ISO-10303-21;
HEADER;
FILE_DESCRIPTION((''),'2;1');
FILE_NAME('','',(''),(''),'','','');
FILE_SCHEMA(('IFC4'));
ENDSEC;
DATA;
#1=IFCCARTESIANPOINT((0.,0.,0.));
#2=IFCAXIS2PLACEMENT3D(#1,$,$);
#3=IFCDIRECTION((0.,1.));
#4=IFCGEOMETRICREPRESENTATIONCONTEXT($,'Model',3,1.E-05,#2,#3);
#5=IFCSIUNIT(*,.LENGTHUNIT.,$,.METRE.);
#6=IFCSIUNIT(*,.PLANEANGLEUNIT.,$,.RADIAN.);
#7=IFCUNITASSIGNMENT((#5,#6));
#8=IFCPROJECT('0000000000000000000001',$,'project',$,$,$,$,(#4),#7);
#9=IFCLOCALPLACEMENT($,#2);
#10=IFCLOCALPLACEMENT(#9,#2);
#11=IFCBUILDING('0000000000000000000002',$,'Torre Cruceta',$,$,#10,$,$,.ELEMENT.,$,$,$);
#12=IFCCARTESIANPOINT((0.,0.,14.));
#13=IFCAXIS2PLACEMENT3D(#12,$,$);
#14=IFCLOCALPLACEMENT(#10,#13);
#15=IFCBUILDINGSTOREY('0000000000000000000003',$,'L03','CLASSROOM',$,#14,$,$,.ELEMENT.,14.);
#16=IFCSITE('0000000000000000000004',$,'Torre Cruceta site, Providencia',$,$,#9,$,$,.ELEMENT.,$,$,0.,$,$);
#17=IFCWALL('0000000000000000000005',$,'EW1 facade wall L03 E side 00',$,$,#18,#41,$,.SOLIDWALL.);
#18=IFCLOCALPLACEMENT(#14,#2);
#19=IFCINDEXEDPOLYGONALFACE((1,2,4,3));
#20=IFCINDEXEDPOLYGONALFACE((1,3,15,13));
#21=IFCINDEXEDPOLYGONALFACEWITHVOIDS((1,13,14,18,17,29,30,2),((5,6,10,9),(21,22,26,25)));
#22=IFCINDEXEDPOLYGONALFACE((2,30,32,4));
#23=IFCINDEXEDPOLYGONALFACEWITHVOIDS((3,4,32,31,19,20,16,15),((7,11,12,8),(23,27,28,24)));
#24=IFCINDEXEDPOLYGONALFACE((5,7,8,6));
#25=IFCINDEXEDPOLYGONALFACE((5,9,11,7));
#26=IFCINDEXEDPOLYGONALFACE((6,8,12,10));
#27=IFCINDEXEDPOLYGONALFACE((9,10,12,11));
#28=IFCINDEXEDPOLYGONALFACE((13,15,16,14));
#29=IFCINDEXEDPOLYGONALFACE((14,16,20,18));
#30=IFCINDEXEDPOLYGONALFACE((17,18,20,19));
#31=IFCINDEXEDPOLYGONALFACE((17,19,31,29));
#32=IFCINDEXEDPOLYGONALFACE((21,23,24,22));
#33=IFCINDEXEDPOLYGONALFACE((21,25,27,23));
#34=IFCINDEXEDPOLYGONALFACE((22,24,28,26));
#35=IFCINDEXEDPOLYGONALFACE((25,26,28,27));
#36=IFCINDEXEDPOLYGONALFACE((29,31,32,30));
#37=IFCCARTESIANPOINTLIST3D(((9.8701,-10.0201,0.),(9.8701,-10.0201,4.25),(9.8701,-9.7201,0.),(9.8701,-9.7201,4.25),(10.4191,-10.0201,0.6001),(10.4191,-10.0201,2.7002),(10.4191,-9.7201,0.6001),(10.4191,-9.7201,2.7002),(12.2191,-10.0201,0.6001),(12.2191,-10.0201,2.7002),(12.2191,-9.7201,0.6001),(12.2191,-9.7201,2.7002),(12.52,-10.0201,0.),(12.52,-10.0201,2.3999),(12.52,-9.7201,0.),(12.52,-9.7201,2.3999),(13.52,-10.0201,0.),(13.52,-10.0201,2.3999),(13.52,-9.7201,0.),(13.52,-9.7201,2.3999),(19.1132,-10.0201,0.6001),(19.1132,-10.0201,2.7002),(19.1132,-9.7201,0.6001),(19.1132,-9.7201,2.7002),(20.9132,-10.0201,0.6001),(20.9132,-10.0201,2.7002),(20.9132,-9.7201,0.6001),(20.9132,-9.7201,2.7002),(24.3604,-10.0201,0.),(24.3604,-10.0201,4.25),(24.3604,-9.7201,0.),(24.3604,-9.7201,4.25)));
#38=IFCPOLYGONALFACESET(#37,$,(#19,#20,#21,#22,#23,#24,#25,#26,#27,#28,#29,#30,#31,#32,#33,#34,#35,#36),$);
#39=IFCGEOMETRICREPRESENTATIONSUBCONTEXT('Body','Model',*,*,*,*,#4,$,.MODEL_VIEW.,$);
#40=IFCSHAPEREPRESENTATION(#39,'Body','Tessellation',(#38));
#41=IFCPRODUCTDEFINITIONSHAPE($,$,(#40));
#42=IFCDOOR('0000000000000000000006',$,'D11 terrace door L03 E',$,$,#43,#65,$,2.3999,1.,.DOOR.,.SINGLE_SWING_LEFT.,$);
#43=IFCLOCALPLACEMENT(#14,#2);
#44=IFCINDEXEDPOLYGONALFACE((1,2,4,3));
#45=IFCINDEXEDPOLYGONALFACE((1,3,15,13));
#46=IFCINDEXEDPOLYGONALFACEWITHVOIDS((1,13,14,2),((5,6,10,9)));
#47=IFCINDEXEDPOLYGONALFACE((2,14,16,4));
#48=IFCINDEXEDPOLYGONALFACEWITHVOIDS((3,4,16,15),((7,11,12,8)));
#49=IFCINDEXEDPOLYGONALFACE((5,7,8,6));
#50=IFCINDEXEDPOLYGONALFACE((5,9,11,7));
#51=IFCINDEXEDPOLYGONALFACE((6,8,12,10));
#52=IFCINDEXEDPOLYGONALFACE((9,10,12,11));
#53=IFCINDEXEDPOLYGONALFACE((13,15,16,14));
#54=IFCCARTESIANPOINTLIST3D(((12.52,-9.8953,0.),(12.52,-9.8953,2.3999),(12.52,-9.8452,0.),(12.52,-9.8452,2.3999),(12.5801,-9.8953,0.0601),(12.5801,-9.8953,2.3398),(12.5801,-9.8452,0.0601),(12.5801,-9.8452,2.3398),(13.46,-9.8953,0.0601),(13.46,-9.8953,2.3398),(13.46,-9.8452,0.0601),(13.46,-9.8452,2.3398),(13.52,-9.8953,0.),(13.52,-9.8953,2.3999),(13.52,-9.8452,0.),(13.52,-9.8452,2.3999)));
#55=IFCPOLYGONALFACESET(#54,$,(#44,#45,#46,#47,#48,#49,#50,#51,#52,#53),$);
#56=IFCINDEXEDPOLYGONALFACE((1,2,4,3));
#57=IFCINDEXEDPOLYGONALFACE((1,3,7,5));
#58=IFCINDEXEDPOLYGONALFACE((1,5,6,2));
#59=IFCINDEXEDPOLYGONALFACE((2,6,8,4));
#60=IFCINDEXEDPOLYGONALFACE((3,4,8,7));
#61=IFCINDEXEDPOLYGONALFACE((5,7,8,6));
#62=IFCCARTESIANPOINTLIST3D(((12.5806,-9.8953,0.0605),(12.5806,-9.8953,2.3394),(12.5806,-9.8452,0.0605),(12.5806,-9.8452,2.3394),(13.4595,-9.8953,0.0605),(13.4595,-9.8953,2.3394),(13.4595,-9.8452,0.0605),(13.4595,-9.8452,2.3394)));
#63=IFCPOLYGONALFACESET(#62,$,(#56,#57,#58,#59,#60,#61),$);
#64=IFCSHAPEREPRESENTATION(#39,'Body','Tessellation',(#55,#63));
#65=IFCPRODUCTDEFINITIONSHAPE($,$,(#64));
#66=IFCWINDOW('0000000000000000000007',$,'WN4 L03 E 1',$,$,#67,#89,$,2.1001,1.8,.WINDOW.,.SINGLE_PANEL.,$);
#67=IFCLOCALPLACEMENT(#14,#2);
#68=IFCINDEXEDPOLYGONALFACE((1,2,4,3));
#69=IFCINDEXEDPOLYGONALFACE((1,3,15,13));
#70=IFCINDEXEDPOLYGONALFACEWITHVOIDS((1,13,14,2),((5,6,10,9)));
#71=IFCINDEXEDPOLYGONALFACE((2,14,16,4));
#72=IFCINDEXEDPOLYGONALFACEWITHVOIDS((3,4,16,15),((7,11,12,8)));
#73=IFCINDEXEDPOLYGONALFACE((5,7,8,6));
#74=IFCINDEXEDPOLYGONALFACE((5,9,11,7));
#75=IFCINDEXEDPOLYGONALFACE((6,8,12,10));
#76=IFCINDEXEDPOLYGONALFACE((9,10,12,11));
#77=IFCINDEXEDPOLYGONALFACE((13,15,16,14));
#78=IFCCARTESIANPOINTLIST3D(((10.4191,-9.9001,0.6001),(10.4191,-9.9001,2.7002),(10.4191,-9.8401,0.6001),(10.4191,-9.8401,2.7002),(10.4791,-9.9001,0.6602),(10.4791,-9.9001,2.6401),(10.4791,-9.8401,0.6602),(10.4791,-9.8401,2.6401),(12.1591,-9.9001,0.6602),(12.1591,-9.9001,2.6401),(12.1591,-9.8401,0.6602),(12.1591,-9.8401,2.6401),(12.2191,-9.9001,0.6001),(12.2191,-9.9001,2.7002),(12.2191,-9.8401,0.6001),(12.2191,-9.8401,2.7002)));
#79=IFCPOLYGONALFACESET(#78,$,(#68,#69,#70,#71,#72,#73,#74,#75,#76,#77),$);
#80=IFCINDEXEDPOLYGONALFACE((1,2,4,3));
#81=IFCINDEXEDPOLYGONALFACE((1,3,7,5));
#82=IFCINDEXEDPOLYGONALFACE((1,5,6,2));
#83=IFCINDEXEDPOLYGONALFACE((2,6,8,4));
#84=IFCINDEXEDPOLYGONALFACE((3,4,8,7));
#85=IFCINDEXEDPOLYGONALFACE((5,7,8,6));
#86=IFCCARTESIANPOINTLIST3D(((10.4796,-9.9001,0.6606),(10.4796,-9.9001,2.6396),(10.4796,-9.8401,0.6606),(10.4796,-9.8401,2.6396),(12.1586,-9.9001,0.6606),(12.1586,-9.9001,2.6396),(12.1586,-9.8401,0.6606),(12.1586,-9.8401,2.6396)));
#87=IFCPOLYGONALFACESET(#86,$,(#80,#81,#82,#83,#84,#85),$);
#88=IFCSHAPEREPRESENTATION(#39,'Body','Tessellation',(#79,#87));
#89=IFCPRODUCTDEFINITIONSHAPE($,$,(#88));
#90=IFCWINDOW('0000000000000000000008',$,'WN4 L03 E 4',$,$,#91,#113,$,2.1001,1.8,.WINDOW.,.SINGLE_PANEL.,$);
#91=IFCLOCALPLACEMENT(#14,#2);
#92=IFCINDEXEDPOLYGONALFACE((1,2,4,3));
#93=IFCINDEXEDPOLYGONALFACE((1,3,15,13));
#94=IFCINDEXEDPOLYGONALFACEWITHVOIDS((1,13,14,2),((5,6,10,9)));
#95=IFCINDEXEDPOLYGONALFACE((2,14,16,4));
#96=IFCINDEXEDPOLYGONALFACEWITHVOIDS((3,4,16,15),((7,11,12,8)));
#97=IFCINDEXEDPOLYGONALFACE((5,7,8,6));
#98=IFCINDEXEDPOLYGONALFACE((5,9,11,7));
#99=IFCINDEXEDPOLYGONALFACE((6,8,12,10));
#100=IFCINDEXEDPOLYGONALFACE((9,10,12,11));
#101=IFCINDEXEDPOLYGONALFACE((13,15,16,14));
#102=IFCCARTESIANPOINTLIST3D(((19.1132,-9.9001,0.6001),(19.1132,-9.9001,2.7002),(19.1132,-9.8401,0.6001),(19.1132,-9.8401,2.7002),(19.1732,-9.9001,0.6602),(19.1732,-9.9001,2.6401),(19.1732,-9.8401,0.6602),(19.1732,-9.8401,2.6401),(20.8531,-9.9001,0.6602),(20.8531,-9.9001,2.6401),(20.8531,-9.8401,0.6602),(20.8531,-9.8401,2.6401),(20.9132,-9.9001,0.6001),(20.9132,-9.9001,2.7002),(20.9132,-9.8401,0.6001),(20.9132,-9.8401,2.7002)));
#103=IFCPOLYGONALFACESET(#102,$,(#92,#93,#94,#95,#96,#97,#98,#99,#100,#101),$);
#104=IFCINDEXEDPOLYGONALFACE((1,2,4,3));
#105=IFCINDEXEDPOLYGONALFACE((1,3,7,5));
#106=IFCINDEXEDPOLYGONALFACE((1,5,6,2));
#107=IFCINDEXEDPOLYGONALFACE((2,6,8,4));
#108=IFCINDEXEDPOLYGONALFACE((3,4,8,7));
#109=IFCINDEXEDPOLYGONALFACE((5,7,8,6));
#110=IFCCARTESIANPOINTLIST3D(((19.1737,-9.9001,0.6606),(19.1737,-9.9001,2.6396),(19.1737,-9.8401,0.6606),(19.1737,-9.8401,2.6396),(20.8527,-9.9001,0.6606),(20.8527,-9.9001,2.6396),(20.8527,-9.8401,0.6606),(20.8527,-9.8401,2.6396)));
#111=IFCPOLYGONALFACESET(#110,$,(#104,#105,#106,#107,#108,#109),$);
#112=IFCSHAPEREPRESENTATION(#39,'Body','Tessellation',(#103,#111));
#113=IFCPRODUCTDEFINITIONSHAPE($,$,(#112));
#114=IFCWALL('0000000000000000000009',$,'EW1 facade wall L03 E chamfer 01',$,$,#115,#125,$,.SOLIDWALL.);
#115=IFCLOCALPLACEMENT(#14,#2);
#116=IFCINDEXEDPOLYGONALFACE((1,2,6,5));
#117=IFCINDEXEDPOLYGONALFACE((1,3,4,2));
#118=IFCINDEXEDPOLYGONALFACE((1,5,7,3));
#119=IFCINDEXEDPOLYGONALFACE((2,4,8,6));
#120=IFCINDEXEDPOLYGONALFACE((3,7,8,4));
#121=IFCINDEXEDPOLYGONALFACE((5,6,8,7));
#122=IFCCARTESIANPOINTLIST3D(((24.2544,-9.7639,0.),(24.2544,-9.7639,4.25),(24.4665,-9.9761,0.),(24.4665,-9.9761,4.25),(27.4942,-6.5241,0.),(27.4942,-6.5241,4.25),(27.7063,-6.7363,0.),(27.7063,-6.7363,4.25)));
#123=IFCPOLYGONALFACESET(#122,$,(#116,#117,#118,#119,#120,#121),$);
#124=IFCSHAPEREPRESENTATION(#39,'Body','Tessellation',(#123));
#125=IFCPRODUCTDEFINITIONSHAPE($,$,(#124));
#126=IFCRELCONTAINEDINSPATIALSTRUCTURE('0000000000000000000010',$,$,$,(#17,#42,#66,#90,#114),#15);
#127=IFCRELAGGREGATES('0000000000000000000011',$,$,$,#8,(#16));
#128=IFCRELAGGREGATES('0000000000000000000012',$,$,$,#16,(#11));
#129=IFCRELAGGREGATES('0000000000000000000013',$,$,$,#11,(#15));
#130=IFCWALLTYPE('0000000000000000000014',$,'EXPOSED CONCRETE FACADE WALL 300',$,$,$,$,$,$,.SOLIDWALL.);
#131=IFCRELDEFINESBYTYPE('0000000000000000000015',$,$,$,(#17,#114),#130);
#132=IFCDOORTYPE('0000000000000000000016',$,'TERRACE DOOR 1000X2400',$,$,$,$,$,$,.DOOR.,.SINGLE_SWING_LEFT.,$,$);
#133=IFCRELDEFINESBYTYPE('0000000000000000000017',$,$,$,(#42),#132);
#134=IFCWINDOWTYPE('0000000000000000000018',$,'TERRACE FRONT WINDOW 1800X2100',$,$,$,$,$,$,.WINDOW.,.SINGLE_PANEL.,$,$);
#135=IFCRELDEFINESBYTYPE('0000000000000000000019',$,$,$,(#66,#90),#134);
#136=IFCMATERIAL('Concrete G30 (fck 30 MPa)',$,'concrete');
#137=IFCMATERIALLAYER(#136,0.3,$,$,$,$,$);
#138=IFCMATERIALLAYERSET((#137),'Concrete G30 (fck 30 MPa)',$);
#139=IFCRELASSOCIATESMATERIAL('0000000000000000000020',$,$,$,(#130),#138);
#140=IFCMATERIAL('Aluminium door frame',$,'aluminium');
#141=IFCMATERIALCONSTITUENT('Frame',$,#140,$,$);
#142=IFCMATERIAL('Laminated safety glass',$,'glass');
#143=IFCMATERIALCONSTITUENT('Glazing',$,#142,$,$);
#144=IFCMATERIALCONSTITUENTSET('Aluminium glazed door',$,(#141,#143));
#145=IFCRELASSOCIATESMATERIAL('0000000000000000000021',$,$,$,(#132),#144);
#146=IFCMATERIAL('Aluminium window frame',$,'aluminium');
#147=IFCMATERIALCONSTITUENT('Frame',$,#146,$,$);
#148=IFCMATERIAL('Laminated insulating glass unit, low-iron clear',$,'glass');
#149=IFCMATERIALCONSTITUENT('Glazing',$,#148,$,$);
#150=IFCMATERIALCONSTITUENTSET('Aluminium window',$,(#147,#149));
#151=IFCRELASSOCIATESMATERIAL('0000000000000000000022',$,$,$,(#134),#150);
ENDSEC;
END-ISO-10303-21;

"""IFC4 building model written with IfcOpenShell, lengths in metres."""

from ifc_helpers import new_model, si_unit, direction, frame, frame_2d, origin, place, context, subcontext, project, spatial, rectangle, hollow_rectangle, extrude, material, layer, layer_set, constituent, constituent_set, type_object, element, fill, save


model = new_model("IFC4")

# Units and contexts
model_context = context("Model", 3, precision=1e-05, world=origin(), true_north=direction((0.0, 1.0)))
body_context = subcontext(model_context, "Body", "Model", "MODEL_VIEW")
ifc_project = project(units=[si_unit("LENGTHUNIT", "METRE"), si_unit("PLANEANGLEUNIT", "RADIAN")], contexts=[model_context])

# Site, building, storey
site_placement = place(None, origin())
site = spatial("IfcSite", under=ifc_project, at=site_placement, Name="Torre Cruceta site, Providencia", CompositionType="ELEMENT", RefElevation=0.0)
building_placement = place(site_placement, origin())
building = spatial("IfcBuilding", under=site, at=building_placement, Name="Torre Cruceta", CompositionType="ELEMENT")
storey_placement = place(building_placement, frame((0.0, 0.0, 14.0)))
storey = spatial("IfcBuildingStorey", under=building, at=storey_placement, Name="L03", Description="CLASSROOM", CompositionType="ELEMENT", Elevation=14.0)

# Wall, openings, door, windows
ifc_material_1 = material(Name="Concrete G30 (fck 30 MPa)", Category="concrete")
ifc_layer_1 = layer(ifc_material_1, 0.3)
ifc_layer_set_1 = layer_set([ifc_layer_1], Name="Concrete G30 (fck 30 MPa)")
wall_type_1 = type_object("IfcWallType", Name="EXPOSED CONCRETE FACADE WALL 300", PredefinedType="SOLIDWALL", material=ifc_layer_set_1)
wall_1_placement = place(storey_placement, frame((9.8701, -9.8701, 0.0), z_axis=(0.0, 0.0, 1.0), x_axis=(1.0, 0.0, 0.0)))
wall_1 = element("IfcWall", 1, at=wall_1_placement, inside=storey, type_object=wall_type_1, Name="EW1 facade wall L03 E side 00", PredefinedType="SOLIDWALL", context=body_context, shape_type="SweptSolid", body=[
    extrude(rectangle(XDim=14.4902, YDim=0.3, at=frame_2d((7.2451, 0.0))), origin(), (0.0, 0.0, 1.0), 4.25),
])
opening_1_placement = place(wall_1_placement, frame((2.6499, 0.0, 0.0)))
opening_1 = element("IfcOpeningElement", 2, at=opening_1_placement, cuts=wall_1, PredefinedType="OPENING", context=body_context, shape_type="SweptSolid", body=[
    extrude(rectangle(XDim=1.0, YDim=2.3999, at=frame_2d((0.5, 1.2))), frame((0.0, 0.1599, 0.0), z_axis=(0.0, -1.0, 0.0), x_axis=(1.0, 0.0, 0.0)), (0.0, 0.0, 1.0), 0.3201),
])
opening_2_placement = place(wall_1_placement, frame((0.5491, 0.0, 0.6001)))
opening_2 = element("IfcOpeningElement", 3, at=opening_2_placement, cuts=wall_1, PredefinedType="OPENING", context=body_context, shape_type="SweptSolid", body=[
    extrude(rectangle(XDim=1.8, YDim=2.1001, at=frame_2d((0.8999, 1.05))), frame((0.0, 0.1599, 0.0), z_axis=(0.0, -1.0, 0.0), x_axis=(1.0, 0.0, 0.0)), (0.0, 0.0, 1.0), 0.3201),
])
opening_3_placement = place(wall_1_placement, frame((9.2432, 0.0, 0.6001)))
opening_3 = element("IfcOpeningElement", 4, at=opening_3_placement, cuts=wall_1, PredefinedType="OPENING", context=body_context, shape_type="SweptSolid", body=[
    extrude(rectangle(XDim=1.8, YDim=2.1001, at=frame_2d((0.8999, 1.05))), frame((0.0, 0.1599, 0.0), z_axis=(0.0, -1.0, 0.0), x_axis=(1.0, 0.0, 0.0)), (0.0, 0.0, 1.0), 0.3201),
])
ifc_material_2 = material(Name="Aluminium door frame", Category="aluminium")
ifc_constituent_1 = constituent(ifc_material_2, Name="Frame")
ifc_material_3 = material(Name="Laminated safety glass", Category="glass")
ifc_constituent_2 = constituent(ifc_material_3, Name="Glazing")
ifc_constituent_set_1 = constituent_set(constituents=[ifc_constituent_1, ifc_constituent_2], Name="Aluminium glazed door")
door_type_1 = type_object("IfcDoorType", Name="TERRACE DOOR 1000X2400", OperationType="SINGLE_SWING_LEFT", PredefinedType="DOOR", material=ifc_constituent_set_1)
door_1_placement = place(opening_1_placement, origin())
door_1 = element("IfcDoor", 5, at=door_1_placement, inside=storey, type_object=door_type_1, Name="D11 terrace door L03 E", OperationType="SINGLE_SWING_LEFT", OverallHeight=2.3999, OverallWidth=1.0, PredefinedType="DOOR", context=body_context, shape_type="SweptSolid", body=[
    extrude(hollow_rectangle(XDim=1.0, YDim=2.3999, WallThickness=0.0601, at=frame_2d((0.5, 1.2))), frame((0.0, 0.0249, 0.0), z_axis=(0.0, -1.0, 0.0), x_axis=(1.0, 0.0, 0.0)), (0.0, 0.0, 1.0), 0.05),
    extrude(rectangle(XDim=0.8789, YDim=2.2788, at=frame_2d((0.5, 1.2))), frame((0.0, 0.0249, 0.0), z_axis=(0.0, -1.0, 0.0), x_axis=(1.0, 0.0, 0.0)), (0.0, 0.0, 1.0), 0.05),
])
fill(opening_1, door_1)
ifc_material_4 = material(Name="Aluminium window frame", Category="aluminium")
ifc_constituent_3 = constituent(ifc_material_4, Name="Frame")
ifc_material_5 = material(Name="Laminated insulating glass unit, low-iron clear", Category="glass")
ifc_constituent_4 = constituent(ifc_material_5, Name="Glazing")
ifc_constituent_set_2 = constituent_set(constituents=[ifc_constituent_3, ifc_constituent_4], Name="Aluminium window")
window_type = type_object("IfcWindowType", Name="TERRACE FRONT WINDOW 1800X2100", PartitioningType="SINGLE_PANEL", PredefinedType="WINDOW", material=ifc_constituent_set_2)
window_1_placement = place(opening_2_placement, origin())
window_1 = element("IfcWindow", 6, at=window_1_placement, inside=storey, type_object=window_type, Name="WN4 L03 E 1", OverallHeight=2.1001, OverallWidth=1.8, PartitioningType="SINGLE_PANEL", PredefinedType="WINDOW", context=body_context, shape_type="SweptSolid", body=[
    extrude(hollow_rectangle(XDim=1.8, YDim=2.1001, WallThickness=0.0601, at=frame_2d((0.8999, 1.05))), frame((0.0, 0.03, 0.0), z_axis=(0.0, -1.0, 0.0), x_axis=(1.0, 0.0, 0.0)), (0.0, 0.0, 1.0), 0.0601),
    extrude(rectangle(XDim=1.679, YDim=1.979, at=frame_2d((0.8999, 1.05))), frame((0.0, 0.03, 0.0), z_axis=(0.0, -1.0, 0.0), x_axis=(1.0, 0.0, 0.0)), (0.0, 0.0, 1.0), 0.0601),
])
fill(opening_2, window_1)
window_2_placement = place(opening_3_placement, origin())
window_2 = element("IfcWindow", 7, at=window_2_placement, inside=storey, type_object=window_type, Name="WN4 L03 E 4", OverallHeight=2.1001, OverallWidth=1.8, PartitioningType="SINGLE_PANEL", PredefinedType="WINDOW", context=body_context, shape_type="SweptSolid", body=[
    extrude(hollow_rectangle(XDim=1.8, YDim=2.1001, WallThickness=0.0601, at=frame_2d((0.8999, 1.05))), frame((0.0, 0.03, 0.0), z_axis=(0.0, -1.0, 0.0), x_axis=(1.0, 0.0, 0.0)), (0.0, 0.0, 1.0), 0.0601),
    extrude(rectangle(XDim=1.679, YDim=1.979, at=frame_2d((0.8999, 1.05))), frame((0.0, 0.03, 0.0), z_axis=(0.0, -1.0, 0.0), x_axis=(1.0, 0.0, 0.0)), (0.0, 0.0, 1.0), 0.0601),
])
fill(opening_3, window_2)

# Wall
wall_2_placement = place(storey_placement, frame((24.3604, -9.8701, 0.0), z_axis=(0.0, 0.0, 1.0), x_axis=(0.707107, 0.707107, 0.0)))
element("IfcWall", 8, at=wall_2_placement, inside=storey, type_object=wall_type_1, Name="EW1 facade wall L03 E chamfer 01", PredefinedType="SOLIDWALL", context=body_context, shape_type="SweptSolid", body=[
    extrude(rectangle(XDim=4.5818, YDim=0.3, at=frame_2d((2.291, 0.0))), origin(), (0.0, 0.0, 1.0), 4.25),
])

save(model, "model.ifc")
